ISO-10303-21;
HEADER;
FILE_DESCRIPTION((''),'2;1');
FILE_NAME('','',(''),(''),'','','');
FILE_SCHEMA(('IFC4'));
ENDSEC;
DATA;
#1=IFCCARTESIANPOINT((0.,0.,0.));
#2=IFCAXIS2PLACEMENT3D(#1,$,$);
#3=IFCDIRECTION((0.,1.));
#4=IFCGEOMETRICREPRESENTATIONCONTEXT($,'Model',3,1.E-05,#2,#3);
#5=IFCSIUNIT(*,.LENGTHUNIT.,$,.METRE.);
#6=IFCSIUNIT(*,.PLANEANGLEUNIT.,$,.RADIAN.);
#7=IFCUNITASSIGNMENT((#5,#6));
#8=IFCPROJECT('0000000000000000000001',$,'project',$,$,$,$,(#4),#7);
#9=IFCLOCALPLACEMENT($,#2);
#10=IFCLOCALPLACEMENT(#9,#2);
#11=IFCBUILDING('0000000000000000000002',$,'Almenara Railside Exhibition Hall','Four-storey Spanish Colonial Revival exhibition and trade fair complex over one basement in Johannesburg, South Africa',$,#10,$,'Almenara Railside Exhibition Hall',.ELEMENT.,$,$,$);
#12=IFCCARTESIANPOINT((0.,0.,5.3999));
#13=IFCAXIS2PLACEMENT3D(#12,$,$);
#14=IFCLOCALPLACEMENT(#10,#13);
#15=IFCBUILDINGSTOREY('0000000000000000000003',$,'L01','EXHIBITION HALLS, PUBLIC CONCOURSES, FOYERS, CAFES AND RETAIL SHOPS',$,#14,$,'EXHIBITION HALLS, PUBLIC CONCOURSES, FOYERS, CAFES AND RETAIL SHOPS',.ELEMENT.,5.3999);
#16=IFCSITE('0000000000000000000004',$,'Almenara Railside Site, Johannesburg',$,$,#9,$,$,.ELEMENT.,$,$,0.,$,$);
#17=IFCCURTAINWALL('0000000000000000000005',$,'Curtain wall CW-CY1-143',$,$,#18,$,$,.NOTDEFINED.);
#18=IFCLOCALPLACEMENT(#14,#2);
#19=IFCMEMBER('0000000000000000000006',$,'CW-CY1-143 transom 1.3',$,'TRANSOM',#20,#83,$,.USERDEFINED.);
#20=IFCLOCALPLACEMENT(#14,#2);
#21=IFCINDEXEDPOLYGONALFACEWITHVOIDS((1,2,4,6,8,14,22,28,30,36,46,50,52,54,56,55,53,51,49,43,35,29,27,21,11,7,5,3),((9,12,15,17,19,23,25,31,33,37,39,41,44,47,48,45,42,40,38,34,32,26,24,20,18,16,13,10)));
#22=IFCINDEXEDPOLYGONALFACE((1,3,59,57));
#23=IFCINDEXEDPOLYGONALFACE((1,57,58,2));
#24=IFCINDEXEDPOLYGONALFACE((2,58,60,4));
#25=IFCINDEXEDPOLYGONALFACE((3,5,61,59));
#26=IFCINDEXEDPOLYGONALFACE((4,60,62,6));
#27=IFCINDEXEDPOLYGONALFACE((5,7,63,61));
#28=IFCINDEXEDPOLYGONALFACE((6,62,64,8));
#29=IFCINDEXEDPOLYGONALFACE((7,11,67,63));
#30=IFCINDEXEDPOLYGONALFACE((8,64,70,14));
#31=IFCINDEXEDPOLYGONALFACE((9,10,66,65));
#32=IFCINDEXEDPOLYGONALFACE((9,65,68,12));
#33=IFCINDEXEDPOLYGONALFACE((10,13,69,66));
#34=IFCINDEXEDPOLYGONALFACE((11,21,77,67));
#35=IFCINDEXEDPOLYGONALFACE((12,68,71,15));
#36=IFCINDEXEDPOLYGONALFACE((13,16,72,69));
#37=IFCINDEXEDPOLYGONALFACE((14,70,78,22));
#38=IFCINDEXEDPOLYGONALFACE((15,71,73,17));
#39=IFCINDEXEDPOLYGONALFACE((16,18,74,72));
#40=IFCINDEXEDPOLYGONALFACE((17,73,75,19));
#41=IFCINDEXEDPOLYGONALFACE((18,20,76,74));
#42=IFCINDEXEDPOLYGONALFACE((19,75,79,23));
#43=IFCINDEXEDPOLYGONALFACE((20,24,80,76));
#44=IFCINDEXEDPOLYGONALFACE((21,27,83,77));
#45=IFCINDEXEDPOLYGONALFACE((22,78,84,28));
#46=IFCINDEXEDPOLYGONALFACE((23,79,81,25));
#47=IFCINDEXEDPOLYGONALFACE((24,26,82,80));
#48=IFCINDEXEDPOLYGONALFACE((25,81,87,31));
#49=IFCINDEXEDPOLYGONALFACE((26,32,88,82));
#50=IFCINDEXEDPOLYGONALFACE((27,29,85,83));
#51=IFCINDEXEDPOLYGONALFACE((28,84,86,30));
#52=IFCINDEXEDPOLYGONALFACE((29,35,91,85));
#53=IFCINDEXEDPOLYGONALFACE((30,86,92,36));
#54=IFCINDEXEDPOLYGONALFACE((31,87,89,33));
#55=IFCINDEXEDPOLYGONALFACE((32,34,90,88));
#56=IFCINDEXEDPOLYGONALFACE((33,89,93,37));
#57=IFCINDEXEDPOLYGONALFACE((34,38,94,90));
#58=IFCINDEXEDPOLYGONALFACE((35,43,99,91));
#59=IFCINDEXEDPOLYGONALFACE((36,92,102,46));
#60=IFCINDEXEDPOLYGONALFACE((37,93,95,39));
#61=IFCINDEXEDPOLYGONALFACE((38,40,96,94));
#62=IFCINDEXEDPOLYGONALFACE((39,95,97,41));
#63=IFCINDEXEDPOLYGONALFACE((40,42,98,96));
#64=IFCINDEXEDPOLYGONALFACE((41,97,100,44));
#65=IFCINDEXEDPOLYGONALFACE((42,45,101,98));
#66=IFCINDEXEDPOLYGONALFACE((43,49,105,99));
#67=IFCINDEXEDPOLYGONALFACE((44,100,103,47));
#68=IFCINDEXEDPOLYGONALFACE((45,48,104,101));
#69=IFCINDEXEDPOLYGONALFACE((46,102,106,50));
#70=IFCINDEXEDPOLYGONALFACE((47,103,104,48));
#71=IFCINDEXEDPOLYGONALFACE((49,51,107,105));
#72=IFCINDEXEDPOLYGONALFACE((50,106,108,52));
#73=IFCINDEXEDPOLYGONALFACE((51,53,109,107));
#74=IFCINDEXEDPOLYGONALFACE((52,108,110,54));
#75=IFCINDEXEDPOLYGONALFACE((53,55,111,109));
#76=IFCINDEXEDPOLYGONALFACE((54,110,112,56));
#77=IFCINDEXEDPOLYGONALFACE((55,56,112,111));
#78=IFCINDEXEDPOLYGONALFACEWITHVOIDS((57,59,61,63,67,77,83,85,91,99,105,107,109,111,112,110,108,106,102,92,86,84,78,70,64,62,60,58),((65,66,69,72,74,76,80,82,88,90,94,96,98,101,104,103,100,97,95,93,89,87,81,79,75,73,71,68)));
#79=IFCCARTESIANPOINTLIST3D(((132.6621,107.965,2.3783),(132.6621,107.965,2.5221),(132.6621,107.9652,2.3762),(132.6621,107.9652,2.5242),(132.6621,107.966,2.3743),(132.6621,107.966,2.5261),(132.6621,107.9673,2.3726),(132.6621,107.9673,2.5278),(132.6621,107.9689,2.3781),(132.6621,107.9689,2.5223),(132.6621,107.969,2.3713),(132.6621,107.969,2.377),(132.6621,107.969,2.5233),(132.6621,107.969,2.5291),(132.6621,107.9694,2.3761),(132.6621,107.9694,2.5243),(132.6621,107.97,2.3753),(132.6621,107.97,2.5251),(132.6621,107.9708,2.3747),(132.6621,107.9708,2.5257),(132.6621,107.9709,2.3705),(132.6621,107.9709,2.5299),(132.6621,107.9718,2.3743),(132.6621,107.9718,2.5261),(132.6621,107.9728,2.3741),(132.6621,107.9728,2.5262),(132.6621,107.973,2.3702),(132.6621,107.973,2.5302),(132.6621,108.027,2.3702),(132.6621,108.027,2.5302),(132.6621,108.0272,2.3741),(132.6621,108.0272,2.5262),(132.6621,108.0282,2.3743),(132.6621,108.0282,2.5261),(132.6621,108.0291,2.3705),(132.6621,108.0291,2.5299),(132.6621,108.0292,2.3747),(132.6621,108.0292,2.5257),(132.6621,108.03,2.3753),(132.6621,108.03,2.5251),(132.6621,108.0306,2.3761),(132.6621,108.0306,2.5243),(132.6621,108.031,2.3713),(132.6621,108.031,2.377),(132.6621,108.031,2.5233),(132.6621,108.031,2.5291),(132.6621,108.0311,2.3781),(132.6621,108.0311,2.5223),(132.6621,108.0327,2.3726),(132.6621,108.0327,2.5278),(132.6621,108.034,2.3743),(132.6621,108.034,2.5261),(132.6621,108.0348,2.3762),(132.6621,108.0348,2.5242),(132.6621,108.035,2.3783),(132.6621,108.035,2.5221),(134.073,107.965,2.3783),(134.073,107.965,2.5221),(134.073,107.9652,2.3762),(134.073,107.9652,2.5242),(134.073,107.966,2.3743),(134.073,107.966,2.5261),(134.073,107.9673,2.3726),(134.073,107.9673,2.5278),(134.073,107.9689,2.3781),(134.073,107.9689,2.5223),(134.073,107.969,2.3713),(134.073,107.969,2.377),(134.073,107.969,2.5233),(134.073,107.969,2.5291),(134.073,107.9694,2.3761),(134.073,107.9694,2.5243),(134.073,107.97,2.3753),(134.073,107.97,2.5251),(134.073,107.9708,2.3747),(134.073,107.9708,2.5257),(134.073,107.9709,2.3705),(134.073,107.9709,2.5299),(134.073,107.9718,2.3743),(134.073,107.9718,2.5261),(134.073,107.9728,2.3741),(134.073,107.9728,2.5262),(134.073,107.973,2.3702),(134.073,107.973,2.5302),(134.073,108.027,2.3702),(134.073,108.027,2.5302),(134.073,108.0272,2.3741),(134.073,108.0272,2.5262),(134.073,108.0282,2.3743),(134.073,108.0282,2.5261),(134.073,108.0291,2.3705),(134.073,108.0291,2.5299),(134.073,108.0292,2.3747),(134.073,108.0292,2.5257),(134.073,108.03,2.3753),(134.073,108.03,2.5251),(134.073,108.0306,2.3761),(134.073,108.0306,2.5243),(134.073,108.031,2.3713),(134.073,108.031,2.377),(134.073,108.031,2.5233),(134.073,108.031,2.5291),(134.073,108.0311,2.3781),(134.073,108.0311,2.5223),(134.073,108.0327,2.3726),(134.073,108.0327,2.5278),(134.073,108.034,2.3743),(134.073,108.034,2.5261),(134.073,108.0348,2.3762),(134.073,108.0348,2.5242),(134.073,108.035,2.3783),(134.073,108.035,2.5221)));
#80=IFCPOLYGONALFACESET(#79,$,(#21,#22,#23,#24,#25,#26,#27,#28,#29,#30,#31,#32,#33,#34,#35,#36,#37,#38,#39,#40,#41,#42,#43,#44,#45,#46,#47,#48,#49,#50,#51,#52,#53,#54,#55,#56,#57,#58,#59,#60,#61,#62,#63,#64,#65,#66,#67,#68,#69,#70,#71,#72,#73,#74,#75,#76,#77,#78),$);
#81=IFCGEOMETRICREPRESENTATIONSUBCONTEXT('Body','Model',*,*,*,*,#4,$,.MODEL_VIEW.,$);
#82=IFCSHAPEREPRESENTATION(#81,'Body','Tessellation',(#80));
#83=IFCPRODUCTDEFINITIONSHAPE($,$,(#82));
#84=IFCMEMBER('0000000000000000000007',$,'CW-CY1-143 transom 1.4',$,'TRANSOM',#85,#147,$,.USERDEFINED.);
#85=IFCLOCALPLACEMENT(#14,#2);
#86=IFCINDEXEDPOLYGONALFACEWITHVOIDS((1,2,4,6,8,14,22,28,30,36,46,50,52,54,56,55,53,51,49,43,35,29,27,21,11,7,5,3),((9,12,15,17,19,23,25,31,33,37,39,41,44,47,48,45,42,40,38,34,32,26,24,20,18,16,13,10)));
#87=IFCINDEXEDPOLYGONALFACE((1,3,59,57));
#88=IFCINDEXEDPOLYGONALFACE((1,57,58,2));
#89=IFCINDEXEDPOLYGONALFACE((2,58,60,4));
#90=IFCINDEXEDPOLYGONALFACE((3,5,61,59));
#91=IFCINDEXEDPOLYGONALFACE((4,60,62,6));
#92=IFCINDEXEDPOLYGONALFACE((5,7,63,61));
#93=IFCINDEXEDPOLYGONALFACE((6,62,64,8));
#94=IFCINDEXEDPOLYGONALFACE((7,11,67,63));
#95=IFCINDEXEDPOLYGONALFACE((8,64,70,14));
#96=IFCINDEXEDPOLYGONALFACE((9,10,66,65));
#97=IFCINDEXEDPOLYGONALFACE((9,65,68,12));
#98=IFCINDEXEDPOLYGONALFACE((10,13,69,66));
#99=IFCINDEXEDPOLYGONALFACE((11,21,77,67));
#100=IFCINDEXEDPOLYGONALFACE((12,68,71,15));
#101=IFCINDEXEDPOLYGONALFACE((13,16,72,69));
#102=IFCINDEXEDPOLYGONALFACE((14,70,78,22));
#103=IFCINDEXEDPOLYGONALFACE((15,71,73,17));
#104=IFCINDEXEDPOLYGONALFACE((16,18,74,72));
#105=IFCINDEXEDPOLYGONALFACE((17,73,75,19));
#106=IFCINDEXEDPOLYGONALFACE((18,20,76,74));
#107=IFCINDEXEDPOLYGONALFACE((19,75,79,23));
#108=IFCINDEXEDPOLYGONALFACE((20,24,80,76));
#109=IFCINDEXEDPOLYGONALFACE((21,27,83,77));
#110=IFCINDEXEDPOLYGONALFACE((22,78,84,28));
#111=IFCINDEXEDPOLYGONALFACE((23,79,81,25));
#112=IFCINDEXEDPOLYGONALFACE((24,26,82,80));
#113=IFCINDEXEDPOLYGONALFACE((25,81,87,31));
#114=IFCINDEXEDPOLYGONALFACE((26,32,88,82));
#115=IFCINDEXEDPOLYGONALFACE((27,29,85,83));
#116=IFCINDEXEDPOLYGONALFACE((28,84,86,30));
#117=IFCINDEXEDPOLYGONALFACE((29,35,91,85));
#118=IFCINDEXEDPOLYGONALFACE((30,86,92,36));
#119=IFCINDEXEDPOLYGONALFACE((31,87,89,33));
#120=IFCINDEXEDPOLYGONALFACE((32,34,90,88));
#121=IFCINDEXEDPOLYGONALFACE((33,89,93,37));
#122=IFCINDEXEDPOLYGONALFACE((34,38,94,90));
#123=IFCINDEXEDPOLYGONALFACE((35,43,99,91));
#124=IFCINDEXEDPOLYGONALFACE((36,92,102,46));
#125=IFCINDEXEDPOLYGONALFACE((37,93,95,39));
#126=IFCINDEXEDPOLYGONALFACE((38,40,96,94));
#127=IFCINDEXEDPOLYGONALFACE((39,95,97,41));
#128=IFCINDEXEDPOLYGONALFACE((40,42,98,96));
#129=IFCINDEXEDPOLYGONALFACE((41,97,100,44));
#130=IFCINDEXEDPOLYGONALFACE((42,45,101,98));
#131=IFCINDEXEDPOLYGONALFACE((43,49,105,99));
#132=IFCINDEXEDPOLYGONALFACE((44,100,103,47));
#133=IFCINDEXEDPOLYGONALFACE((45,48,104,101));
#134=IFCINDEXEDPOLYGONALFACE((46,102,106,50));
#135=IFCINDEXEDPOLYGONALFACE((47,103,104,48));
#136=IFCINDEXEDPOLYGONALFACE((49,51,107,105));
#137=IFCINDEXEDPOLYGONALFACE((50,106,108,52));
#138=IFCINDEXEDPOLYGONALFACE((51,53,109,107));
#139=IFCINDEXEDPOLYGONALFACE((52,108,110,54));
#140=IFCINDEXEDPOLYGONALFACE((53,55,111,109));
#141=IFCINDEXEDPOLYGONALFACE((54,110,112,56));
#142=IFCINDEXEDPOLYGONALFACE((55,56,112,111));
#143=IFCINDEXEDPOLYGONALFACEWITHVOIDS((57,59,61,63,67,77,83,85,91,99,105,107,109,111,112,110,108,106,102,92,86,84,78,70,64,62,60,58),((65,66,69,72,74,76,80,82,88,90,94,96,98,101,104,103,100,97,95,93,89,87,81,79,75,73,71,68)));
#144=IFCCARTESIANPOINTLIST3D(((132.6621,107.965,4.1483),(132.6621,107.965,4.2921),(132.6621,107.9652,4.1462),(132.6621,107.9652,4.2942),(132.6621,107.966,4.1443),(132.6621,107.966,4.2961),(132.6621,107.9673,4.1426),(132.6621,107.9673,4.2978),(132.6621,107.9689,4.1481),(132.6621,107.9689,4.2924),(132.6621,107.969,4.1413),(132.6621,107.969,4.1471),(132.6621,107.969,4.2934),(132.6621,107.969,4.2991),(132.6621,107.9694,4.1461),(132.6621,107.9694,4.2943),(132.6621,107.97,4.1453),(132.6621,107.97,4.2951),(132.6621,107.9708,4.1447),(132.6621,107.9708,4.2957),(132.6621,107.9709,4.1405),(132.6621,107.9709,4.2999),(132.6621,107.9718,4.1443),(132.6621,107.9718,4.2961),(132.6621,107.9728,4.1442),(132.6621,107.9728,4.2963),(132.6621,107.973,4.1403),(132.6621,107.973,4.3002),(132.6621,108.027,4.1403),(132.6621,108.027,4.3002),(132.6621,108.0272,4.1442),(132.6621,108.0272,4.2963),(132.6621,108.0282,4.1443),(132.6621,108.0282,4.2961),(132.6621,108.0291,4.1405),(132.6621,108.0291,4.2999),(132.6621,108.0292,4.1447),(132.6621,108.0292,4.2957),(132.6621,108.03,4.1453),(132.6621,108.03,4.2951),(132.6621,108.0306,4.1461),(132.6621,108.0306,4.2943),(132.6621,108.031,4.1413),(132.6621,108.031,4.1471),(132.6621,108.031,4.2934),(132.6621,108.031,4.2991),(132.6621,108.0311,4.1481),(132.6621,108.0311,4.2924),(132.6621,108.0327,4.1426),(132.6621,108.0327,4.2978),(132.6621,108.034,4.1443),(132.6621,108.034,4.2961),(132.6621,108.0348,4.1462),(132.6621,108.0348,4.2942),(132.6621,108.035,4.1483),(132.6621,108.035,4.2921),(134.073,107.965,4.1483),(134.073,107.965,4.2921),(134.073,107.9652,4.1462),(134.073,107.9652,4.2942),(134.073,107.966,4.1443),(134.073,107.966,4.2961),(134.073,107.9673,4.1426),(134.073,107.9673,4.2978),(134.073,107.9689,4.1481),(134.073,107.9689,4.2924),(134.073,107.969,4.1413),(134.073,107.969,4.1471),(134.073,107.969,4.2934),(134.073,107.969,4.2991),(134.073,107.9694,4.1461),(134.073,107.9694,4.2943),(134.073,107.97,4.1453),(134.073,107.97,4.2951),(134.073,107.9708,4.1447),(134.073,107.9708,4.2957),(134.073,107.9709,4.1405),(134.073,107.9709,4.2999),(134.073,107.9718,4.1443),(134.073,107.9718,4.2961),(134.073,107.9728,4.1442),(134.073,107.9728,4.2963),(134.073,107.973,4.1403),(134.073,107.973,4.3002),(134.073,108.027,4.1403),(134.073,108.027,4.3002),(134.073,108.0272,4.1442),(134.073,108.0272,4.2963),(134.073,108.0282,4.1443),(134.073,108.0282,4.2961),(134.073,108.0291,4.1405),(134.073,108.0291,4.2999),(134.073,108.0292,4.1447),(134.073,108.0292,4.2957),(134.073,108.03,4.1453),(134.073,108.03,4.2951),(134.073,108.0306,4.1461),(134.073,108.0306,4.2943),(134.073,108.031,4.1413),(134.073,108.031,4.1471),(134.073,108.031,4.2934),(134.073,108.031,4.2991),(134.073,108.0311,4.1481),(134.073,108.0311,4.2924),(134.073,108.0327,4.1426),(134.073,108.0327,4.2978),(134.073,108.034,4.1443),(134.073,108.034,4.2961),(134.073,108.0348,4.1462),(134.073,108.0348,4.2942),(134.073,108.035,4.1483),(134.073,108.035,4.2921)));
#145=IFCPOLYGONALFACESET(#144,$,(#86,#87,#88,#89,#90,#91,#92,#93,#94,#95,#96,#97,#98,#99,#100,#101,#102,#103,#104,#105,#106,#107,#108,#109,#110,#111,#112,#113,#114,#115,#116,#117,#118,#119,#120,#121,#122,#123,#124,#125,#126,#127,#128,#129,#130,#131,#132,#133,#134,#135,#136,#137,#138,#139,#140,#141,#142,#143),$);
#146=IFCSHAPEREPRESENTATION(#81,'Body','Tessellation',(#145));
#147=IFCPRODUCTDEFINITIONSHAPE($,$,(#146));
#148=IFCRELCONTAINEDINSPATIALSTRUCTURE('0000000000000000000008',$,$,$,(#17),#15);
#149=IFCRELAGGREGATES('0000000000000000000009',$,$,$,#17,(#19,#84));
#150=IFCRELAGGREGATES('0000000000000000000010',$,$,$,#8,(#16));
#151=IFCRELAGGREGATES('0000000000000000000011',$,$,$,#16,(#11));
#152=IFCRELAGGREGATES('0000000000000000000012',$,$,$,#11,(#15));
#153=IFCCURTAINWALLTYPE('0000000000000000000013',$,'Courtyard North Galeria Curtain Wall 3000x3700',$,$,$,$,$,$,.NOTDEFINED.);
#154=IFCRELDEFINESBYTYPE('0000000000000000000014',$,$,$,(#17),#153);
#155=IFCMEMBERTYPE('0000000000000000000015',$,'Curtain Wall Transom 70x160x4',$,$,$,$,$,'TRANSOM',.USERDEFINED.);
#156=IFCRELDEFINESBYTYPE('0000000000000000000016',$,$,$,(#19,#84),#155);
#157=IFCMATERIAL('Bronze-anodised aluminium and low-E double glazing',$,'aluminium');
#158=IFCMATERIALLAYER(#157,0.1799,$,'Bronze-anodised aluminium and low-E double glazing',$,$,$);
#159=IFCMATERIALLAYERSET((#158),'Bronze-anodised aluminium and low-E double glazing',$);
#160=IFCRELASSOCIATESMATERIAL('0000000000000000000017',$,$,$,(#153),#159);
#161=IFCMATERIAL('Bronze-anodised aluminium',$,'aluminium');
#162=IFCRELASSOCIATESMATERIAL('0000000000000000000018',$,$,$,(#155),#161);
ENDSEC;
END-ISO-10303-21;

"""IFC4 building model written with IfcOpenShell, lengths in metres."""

from ifc_helpers import new_model, si_unit, direction, frame, origin, origin_2d, place, context, subcontext, project, spatial, hollow_rectangle, extrude, material, layer, layer_set, material_profile, profile_set, type_object, element, aggregate, save


model = new_model("IFC4")

# Units and contexts
model_context = context("Model", 3, precision=1e-05, world=origin(), true_north=direction((0.0, 1.0)))
body_context = subcontext(model_context, "Body", "Model", "MODEL_VIEW")
ifc_project = project(units=[si_unit("LENGTHUNIT", "METRE"), si_unit("PLANEANGLEUNIT", "RADIAN")], contexts=[model_context])

# Site, building, storey
site_placement = place(None, origin())
site = spatial("IfcSite", under=ifc_project, at=site_placement, Name="Almenara Railside Site, Johannesburg", CompositionType="ELEMENT", RefElevation=0.0)
building_placement = place(site_placement, origin())
building = spatial("IfcBuilding", under=site, at=building_placement, Name="Almenara Railside Exhibition Hall", Description="Four-storey Spanish Colonial Revival exhibition and trade fair complex over one basement in Johannesburg, South Africa", LongName="Almenara Railside Exhibition Hall", CompositionType="ELEMENT")
storey_placement = place(building_placement, frame((0.0, 0.0, 5.3999)))
storey = spatial("IfcBuildingStorey", under=building, at=storey_placement, Name="L01", Description="EXHIBITION HALLS, PUBLIC CONCOURSES, FOYERS, CAFES AND RETAIL SHOPS", LongName="EXHIBITION HALLS, PUBLIC CONCOURSES, FOYERS, CAFES AND RETAIL SHOPS", CompositionType="ELEMENT", Elevation=5.3999)

# Shared definitions
ifc_material_1 = material(Name="Bronze-anodised aluminium and low-E double glazing", Category="aluminium")
ifc_layer_1 = layer(ifc_material_1, 0.1799, Name="Bronze-anodised aluminium and low-E double glazing")
ifc_layer_set_1 = layer_set([ifc_layer_1], Name="Bronze-anodised aluminium and low-E double glazing")
curtain_wall_type = type_object("IfcCurtainWallType", Name="Courtyard North Galeria Curtain Wall 3000x3700", PredefinedType="NOTDEFINED", material=ifc_layer_set_1)
ifc_material_2 = material(Name="Bronze-anodised aluminium", Category="aluminium")

# Curtain wall
curtain_wall_1_placement = place(storey_placement, origin())
curtain_wall_1 = element("IfcCurtainWall", 1, at=curtain_wall_1_placement, inside=storey, type_object=curtain_wall_type, Name="Curtain wall CW-CY1-143", PredefinedType="NOTDEFINED")

# Members
ifc_material_profile_1 = material_profile(ifc_material_2, hollow_rectangle(XDim=0.0701, YDim=0.1599, WallThickness=0.0039, InnerFilletRadius=0.0039, OuterFilletRadius=0.0081, at=origin_2d()), Name="ALU-TRN 70x160x4")
ifc_profile_set_1 = profile_set([ifc_material_profile_1], Name="Bronze-anodised aluminium")
member_type_1 = type_object("IfcMemberType", Name="Curtain Wall Transom 70x160x4", ElementType="TRANSOM", PredefinedType="USERDEFINED", material=ifc_profile_set_1)
member_1_placement = place(storey_placement, frame((132.6621, 108.0, 2.4502), z_axis=(1.0, 0.0, 0.0), x_axis=(0.0, 1.0, 0.0)))
member_1 = element("IfcMember", 2, at=member_1_placement, type_object=member_type_1, Name="CW-CY1-143 transom 1.3", ObjectType="TRANSOM", PredefinedType="USERDEFINED", context=body_context, shape_type="SweptSolid", body=[
    extrude(hollow_rectangle(XDim=0.0701, YDim=0.1599, WallThickness=0.0039, InnerFilletRadius=0.0039, OuterFilletRadius=0.0081, at=origin_2d()), origin(), (0.0, 0.0, 1.0), 1.4109),
])
member_2_placement = place(storey_placement, frame((132.6621, 108.0, 4.2202), z_axis=(1.0, 0.0, 0.0), x_axis=(0.0, 1.0, 0.0)))
member_2 = element("IfcMember", 3, at=member_2_placement, type_object=member_type_1, Name="CW-CY1-143 transom 1.4", ObjectType="TRANSOM", PredefinedType="USERDEFINED", context=body_context, shape_type="SweptSolid", body=[
    extrude(hollow_rectangle(XDim=0.0701, YDim=0.1599, WallThickness=0.0039, InnerFilletRadius=0.0039, OuterFilletRadius=0.0081, at=origin_2d()), origin(), (0.0, 0.0, 1.0), 1.4109),
])

aggregate(curtain_wall_1, [member_1, member_2])

save(model, "model.ifc")
